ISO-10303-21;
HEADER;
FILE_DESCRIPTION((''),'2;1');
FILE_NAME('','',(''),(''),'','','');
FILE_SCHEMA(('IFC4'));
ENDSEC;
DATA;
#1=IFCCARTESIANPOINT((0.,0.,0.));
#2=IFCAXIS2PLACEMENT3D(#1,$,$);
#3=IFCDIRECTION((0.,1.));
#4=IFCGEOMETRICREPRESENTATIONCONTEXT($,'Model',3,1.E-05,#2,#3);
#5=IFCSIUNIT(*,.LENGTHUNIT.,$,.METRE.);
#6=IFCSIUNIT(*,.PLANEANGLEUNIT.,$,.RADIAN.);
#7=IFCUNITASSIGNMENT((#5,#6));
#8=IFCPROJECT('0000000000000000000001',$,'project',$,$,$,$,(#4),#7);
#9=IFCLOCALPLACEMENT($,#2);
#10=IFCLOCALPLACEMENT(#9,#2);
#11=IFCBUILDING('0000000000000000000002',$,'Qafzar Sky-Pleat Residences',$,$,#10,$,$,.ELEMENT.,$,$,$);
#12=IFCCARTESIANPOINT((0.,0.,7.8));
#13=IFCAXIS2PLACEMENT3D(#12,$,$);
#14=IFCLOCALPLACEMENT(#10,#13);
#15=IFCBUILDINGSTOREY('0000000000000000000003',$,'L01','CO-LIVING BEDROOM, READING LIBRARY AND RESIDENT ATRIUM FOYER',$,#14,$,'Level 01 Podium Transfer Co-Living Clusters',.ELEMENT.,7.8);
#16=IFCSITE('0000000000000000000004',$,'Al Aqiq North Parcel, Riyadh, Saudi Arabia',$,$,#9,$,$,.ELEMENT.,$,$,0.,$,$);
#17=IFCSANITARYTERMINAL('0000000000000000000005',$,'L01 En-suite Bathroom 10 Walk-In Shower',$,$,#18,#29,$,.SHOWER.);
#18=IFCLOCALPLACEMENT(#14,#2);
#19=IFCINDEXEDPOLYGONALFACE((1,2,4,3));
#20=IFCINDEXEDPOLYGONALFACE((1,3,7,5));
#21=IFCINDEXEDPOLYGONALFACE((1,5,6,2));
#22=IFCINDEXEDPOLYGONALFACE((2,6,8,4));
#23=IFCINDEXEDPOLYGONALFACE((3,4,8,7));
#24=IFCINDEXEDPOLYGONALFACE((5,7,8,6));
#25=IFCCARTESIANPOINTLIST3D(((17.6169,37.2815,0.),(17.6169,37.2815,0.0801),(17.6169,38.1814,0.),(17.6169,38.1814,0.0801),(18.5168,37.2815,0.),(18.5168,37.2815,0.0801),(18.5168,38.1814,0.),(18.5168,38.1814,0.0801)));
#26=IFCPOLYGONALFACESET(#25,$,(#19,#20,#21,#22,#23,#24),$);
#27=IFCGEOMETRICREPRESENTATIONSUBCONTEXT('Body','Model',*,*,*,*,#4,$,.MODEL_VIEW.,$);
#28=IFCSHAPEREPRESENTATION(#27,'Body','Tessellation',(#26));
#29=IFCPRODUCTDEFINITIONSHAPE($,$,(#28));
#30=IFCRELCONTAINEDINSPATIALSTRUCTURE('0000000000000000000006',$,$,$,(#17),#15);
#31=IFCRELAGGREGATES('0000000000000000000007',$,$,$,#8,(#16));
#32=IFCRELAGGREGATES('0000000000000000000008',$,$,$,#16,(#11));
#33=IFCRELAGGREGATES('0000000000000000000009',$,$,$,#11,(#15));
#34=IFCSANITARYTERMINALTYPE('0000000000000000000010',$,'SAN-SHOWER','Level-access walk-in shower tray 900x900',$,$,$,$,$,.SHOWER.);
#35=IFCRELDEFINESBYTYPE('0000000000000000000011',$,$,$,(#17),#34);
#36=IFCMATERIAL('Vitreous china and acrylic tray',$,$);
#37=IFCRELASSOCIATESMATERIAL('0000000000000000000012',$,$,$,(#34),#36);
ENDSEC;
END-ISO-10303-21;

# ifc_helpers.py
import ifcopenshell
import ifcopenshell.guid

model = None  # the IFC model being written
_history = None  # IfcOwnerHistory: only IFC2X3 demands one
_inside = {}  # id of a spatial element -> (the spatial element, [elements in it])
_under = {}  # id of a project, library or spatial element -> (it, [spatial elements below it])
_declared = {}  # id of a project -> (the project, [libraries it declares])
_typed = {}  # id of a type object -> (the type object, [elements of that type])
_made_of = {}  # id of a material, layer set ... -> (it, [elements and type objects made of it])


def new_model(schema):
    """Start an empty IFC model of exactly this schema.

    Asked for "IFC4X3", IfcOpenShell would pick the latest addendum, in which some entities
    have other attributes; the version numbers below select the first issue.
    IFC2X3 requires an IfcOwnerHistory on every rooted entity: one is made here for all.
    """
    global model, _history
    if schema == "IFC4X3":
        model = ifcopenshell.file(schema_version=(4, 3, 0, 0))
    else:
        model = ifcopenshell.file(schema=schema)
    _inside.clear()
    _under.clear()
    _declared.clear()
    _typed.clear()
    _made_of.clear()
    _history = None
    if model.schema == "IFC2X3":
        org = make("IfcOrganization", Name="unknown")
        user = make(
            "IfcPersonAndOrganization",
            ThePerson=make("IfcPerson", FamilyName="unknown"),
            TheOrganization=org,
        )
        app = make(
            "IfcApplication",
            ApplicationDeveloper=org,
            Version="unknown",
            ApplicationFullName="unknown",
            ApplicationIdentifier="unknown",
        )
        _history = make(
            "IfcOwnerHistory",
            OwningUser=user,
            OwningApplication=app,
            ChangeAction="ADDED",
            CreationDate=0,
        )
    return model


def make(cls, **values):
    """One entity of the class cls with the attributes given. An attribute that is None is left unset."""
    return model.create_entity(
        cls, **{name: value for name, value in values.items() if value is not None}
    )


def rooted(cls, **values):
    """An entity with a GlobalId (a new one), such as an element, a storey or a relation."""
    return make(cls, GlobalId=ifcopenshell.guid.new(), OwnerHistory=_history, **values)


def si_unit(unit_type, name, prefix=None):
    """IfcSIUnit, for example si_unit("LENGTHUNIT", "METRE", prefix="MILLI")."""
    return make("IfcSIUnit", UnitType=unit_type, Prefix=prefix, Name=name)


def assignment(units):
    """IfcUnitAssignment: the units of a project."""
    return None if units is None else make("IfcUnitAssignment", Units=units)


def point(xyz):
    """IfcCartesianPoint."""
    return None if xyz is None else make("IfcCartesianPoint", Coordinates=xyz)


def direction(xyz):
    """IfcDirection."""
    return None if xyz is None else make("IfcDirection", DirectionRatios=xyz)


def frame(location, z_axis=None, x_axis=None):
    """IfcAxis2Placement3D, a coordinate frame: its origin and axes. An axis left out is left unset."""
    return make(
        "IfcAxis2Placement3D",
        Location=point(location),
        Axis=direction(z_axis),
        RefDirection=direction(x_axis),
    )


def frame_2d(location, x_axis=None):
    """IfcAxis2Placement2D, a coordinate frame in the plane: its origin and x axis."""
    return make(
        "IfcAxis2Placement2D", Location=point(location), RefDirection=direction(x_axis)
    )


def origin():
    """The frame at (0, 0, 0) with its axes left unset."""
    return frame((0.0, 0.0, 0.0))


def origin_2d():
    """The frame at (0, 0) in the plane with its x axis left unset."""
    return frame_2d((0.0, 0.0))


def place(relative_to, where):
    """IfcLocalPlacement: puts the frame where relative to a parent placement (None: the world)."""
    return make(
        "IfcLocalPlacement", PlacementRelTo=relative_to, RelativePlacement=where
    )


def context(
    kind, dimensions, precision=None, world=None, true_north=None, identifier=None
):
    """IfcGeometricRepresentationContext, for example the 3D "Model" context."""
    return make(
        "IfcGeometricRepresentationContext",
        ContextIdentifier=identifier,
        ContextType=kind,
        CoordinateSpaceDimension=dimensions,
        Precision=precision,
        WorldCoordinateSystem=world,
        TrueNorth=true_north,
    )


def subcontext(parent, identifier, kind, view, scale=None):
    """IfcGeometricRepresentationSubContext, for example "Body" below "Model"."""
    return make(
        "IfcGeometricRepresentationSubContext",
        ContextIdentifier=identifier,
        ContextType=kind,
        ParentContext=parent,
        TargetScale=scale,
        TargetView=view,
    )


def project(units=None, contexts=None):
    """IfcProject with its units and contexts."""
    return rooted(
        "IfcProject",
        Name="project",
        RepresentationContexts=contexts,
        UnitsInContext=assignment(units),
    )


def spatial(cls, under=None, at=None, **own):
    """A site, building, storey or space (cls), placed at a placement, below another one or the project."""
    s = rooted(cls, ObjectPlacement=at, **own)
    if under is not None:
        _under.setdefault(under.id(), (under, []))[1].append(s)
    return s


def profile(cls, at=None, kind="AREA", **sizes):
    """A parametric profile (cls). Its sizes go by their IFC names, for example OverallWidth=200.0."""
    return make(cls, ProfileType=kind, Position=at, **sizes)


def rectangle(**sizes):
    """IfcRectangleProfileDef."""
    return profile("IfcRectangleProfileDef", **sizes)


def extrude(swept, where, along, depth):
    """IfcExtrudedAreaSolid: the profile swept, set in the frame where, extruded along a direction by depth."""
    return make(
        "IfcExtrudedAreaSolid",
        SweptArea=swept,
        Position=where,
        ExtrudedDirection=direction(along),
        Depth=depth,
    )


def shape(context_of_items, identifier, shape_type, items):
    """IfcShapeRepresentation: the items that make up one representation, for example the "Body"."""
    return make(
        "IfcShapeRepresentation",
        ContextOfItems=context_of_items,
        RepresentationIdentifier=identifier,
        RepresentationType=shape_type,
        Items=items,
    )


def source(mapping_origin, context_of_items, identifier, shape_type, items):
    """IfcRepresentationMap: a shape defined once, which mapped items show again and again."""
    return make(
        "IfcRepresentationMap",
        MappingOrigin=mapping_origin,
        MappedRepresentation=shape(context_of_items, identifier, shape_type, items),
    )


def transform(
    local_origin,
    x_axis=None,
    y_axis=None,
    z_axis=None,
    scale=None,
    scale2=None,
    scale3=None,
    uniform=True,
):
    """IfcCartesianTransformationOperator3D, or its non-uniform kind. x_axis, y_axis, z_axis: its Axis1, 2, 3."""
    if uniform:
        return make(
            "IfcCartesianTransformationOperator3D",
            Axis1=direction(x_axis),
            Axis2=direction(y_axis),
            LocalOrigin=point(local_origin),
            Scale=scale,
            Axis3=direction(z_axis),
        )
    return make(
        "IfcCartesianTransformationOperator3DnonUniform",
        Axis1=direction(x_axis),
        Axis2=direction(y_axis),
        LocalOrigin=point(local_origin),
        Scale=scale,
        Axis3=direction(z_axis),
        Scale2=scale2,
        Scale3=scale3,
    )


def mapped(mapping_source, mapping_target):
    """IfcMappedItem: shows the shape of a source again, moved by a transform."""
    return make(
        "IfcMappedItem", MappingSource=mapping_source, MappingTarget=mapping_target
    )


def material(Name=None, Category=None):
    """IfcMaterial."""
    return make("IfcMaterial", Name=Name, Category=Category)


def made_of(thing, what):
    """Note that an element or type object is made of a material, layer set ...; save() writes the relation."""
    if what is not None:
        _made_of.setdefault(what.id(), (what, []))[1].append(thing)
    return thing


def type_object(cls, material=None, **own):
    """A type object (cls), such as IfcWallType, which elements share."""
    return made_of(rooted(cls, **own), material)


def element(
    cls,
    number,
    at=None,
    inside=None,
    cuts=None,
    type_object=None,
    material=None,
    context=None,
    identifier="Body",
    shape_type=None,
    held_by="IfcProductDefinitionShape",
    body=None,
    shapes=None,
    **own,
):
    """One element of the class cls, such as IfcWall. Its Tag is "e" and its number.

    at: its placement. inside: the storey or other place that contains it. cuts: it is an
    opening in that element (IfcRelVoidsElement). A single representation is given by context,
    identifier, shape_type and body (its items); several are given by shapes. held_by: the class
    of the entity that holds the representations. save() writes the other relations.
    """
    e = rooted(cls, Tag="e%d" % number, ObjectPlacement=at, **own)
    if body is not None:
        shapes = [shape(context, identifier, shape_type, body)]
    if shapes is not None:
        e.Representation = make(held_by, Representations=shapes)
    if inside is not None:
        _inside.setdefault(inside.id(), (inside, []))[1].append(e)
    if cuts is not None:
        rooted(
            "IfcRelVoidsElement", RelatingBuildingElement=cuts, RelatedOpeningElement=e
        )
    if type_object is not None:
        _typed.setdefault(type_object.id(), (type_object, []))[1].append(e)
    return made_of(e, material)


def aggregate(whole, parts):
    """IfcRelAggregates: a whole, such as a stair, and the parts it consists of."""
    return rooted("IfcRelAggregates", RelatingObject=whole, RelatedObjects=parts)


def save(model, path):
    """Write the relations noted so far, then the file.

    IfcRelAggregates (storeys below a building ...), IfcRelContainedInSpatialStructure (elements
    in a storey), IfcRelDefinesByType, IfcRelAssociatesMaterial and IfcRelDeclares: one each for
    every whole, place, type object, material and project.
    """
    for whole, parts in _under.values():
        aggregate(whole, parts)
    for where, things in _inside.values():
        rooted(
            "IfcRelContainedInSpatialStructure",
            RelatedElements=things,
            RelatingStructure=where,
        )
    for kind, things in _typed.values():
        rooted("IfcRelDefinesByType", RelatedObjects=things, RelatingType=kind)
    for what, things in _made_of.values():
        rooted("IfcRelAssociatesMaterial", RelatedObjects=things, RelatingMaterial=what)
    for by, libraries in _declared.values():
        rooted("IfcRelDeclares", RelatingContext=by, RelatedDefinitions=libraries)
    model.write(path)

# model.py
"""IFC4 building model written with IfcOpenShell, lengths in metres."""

from ifc_helpers import new_model, si_unit, direction, frame, origin, origin_2d, place, context, subcontext, project, spatial, rectangle, extrude, source, transform, mapped, material, type_object, element, save


model = new_model("IFC4")

# Units and contexts
model_context = context("Model", 3, precision=1e-05, world=origin(), true_north=direction((0.0, 1.0)))
body_context = subcontext(model_context, "Body", "Model", "MODEL_VIEW")
ifc_project = project(units=[si_unit("LENGTHUNIT", "METRE"), si_unit("PLANEANGLEUNIT", "RADIAN")], contexts=[model_context])

# Site, building, storey
site_placement = place(None, origin())
site = spatial("IfcSite", under=ifc_project, at=site_placement, Name="Al Aqiq North Parcel, Riyadh, Saudi Arabia", CompositionType="ELEMENT", RefElevation=0.0)
building_placement = place(site_placement, origin())
building = spatial("IfcBuilding", under=site, at=building_placement, Name="Qafzar Sky-Pleat Residences", CompositionType="ELEMENT")
storey_placement = place(building_placement, frame((0.0, 0.0, 7.8)))
storey = spatial("IfcBuildingStorey", under=building, at=storey_placement, Name="L01", Description="CO-LIVING BEDROOM, READING LIBRARY AND RESIDENT ATRIUM FOYER", LongName="Level 01 Podium Transfer Co-Living Clusters", CompositionType="ELEMENT", Elevation=7.8)

# Sanitary terminal
ifc_material_1 = material(Name="Vitreous china and acrylic tray")
sanitary_terminal_type_1 = type_object("IfcSanitaryTerminalType", Name="SAN-SHOWER", Description="Level-access walk-in shower tray 900x900", PredefinedType="SHOWER", material=ifc_material_1)
shared_shape_1 = source(origin(), body_context, "Body", "SweptSolid", [
    extrude(rectangle(XDim=0.8999, YDim=0.8999, at=origin_2d()), origin(), (0.0, 0.0, 1.0), 0.0801),
])
sanitary_terminal_1_placement = place(storey_placement, frame((18.0669, 37.7314, 0.0), z_axis=(0.0, 0.0, 1.0), x_axis=(1.0, 0.0, 0.0)))
element("IfcSanitaryTerminal", 1, at=sanitary_terminal_1_placement, inside=storey, type_object=sanitary_terminal_type_1, Name="L01 En-suite Bathroom 10 Walk-In Shower", PredefinedType="SHOWER", context=body_context, shape_type="MappedRepresentation", body=[
    mapped(shared_shape_1, transform((0.0, 0.0, 0.0), x_axis=(1.0, 0.0, 0.0), y_axis=(0.0, 1.0, 0.0), z_axis=(0.0, 0.0, 1.0), scale=1.0)),
])

save(model, "model.ifc")
